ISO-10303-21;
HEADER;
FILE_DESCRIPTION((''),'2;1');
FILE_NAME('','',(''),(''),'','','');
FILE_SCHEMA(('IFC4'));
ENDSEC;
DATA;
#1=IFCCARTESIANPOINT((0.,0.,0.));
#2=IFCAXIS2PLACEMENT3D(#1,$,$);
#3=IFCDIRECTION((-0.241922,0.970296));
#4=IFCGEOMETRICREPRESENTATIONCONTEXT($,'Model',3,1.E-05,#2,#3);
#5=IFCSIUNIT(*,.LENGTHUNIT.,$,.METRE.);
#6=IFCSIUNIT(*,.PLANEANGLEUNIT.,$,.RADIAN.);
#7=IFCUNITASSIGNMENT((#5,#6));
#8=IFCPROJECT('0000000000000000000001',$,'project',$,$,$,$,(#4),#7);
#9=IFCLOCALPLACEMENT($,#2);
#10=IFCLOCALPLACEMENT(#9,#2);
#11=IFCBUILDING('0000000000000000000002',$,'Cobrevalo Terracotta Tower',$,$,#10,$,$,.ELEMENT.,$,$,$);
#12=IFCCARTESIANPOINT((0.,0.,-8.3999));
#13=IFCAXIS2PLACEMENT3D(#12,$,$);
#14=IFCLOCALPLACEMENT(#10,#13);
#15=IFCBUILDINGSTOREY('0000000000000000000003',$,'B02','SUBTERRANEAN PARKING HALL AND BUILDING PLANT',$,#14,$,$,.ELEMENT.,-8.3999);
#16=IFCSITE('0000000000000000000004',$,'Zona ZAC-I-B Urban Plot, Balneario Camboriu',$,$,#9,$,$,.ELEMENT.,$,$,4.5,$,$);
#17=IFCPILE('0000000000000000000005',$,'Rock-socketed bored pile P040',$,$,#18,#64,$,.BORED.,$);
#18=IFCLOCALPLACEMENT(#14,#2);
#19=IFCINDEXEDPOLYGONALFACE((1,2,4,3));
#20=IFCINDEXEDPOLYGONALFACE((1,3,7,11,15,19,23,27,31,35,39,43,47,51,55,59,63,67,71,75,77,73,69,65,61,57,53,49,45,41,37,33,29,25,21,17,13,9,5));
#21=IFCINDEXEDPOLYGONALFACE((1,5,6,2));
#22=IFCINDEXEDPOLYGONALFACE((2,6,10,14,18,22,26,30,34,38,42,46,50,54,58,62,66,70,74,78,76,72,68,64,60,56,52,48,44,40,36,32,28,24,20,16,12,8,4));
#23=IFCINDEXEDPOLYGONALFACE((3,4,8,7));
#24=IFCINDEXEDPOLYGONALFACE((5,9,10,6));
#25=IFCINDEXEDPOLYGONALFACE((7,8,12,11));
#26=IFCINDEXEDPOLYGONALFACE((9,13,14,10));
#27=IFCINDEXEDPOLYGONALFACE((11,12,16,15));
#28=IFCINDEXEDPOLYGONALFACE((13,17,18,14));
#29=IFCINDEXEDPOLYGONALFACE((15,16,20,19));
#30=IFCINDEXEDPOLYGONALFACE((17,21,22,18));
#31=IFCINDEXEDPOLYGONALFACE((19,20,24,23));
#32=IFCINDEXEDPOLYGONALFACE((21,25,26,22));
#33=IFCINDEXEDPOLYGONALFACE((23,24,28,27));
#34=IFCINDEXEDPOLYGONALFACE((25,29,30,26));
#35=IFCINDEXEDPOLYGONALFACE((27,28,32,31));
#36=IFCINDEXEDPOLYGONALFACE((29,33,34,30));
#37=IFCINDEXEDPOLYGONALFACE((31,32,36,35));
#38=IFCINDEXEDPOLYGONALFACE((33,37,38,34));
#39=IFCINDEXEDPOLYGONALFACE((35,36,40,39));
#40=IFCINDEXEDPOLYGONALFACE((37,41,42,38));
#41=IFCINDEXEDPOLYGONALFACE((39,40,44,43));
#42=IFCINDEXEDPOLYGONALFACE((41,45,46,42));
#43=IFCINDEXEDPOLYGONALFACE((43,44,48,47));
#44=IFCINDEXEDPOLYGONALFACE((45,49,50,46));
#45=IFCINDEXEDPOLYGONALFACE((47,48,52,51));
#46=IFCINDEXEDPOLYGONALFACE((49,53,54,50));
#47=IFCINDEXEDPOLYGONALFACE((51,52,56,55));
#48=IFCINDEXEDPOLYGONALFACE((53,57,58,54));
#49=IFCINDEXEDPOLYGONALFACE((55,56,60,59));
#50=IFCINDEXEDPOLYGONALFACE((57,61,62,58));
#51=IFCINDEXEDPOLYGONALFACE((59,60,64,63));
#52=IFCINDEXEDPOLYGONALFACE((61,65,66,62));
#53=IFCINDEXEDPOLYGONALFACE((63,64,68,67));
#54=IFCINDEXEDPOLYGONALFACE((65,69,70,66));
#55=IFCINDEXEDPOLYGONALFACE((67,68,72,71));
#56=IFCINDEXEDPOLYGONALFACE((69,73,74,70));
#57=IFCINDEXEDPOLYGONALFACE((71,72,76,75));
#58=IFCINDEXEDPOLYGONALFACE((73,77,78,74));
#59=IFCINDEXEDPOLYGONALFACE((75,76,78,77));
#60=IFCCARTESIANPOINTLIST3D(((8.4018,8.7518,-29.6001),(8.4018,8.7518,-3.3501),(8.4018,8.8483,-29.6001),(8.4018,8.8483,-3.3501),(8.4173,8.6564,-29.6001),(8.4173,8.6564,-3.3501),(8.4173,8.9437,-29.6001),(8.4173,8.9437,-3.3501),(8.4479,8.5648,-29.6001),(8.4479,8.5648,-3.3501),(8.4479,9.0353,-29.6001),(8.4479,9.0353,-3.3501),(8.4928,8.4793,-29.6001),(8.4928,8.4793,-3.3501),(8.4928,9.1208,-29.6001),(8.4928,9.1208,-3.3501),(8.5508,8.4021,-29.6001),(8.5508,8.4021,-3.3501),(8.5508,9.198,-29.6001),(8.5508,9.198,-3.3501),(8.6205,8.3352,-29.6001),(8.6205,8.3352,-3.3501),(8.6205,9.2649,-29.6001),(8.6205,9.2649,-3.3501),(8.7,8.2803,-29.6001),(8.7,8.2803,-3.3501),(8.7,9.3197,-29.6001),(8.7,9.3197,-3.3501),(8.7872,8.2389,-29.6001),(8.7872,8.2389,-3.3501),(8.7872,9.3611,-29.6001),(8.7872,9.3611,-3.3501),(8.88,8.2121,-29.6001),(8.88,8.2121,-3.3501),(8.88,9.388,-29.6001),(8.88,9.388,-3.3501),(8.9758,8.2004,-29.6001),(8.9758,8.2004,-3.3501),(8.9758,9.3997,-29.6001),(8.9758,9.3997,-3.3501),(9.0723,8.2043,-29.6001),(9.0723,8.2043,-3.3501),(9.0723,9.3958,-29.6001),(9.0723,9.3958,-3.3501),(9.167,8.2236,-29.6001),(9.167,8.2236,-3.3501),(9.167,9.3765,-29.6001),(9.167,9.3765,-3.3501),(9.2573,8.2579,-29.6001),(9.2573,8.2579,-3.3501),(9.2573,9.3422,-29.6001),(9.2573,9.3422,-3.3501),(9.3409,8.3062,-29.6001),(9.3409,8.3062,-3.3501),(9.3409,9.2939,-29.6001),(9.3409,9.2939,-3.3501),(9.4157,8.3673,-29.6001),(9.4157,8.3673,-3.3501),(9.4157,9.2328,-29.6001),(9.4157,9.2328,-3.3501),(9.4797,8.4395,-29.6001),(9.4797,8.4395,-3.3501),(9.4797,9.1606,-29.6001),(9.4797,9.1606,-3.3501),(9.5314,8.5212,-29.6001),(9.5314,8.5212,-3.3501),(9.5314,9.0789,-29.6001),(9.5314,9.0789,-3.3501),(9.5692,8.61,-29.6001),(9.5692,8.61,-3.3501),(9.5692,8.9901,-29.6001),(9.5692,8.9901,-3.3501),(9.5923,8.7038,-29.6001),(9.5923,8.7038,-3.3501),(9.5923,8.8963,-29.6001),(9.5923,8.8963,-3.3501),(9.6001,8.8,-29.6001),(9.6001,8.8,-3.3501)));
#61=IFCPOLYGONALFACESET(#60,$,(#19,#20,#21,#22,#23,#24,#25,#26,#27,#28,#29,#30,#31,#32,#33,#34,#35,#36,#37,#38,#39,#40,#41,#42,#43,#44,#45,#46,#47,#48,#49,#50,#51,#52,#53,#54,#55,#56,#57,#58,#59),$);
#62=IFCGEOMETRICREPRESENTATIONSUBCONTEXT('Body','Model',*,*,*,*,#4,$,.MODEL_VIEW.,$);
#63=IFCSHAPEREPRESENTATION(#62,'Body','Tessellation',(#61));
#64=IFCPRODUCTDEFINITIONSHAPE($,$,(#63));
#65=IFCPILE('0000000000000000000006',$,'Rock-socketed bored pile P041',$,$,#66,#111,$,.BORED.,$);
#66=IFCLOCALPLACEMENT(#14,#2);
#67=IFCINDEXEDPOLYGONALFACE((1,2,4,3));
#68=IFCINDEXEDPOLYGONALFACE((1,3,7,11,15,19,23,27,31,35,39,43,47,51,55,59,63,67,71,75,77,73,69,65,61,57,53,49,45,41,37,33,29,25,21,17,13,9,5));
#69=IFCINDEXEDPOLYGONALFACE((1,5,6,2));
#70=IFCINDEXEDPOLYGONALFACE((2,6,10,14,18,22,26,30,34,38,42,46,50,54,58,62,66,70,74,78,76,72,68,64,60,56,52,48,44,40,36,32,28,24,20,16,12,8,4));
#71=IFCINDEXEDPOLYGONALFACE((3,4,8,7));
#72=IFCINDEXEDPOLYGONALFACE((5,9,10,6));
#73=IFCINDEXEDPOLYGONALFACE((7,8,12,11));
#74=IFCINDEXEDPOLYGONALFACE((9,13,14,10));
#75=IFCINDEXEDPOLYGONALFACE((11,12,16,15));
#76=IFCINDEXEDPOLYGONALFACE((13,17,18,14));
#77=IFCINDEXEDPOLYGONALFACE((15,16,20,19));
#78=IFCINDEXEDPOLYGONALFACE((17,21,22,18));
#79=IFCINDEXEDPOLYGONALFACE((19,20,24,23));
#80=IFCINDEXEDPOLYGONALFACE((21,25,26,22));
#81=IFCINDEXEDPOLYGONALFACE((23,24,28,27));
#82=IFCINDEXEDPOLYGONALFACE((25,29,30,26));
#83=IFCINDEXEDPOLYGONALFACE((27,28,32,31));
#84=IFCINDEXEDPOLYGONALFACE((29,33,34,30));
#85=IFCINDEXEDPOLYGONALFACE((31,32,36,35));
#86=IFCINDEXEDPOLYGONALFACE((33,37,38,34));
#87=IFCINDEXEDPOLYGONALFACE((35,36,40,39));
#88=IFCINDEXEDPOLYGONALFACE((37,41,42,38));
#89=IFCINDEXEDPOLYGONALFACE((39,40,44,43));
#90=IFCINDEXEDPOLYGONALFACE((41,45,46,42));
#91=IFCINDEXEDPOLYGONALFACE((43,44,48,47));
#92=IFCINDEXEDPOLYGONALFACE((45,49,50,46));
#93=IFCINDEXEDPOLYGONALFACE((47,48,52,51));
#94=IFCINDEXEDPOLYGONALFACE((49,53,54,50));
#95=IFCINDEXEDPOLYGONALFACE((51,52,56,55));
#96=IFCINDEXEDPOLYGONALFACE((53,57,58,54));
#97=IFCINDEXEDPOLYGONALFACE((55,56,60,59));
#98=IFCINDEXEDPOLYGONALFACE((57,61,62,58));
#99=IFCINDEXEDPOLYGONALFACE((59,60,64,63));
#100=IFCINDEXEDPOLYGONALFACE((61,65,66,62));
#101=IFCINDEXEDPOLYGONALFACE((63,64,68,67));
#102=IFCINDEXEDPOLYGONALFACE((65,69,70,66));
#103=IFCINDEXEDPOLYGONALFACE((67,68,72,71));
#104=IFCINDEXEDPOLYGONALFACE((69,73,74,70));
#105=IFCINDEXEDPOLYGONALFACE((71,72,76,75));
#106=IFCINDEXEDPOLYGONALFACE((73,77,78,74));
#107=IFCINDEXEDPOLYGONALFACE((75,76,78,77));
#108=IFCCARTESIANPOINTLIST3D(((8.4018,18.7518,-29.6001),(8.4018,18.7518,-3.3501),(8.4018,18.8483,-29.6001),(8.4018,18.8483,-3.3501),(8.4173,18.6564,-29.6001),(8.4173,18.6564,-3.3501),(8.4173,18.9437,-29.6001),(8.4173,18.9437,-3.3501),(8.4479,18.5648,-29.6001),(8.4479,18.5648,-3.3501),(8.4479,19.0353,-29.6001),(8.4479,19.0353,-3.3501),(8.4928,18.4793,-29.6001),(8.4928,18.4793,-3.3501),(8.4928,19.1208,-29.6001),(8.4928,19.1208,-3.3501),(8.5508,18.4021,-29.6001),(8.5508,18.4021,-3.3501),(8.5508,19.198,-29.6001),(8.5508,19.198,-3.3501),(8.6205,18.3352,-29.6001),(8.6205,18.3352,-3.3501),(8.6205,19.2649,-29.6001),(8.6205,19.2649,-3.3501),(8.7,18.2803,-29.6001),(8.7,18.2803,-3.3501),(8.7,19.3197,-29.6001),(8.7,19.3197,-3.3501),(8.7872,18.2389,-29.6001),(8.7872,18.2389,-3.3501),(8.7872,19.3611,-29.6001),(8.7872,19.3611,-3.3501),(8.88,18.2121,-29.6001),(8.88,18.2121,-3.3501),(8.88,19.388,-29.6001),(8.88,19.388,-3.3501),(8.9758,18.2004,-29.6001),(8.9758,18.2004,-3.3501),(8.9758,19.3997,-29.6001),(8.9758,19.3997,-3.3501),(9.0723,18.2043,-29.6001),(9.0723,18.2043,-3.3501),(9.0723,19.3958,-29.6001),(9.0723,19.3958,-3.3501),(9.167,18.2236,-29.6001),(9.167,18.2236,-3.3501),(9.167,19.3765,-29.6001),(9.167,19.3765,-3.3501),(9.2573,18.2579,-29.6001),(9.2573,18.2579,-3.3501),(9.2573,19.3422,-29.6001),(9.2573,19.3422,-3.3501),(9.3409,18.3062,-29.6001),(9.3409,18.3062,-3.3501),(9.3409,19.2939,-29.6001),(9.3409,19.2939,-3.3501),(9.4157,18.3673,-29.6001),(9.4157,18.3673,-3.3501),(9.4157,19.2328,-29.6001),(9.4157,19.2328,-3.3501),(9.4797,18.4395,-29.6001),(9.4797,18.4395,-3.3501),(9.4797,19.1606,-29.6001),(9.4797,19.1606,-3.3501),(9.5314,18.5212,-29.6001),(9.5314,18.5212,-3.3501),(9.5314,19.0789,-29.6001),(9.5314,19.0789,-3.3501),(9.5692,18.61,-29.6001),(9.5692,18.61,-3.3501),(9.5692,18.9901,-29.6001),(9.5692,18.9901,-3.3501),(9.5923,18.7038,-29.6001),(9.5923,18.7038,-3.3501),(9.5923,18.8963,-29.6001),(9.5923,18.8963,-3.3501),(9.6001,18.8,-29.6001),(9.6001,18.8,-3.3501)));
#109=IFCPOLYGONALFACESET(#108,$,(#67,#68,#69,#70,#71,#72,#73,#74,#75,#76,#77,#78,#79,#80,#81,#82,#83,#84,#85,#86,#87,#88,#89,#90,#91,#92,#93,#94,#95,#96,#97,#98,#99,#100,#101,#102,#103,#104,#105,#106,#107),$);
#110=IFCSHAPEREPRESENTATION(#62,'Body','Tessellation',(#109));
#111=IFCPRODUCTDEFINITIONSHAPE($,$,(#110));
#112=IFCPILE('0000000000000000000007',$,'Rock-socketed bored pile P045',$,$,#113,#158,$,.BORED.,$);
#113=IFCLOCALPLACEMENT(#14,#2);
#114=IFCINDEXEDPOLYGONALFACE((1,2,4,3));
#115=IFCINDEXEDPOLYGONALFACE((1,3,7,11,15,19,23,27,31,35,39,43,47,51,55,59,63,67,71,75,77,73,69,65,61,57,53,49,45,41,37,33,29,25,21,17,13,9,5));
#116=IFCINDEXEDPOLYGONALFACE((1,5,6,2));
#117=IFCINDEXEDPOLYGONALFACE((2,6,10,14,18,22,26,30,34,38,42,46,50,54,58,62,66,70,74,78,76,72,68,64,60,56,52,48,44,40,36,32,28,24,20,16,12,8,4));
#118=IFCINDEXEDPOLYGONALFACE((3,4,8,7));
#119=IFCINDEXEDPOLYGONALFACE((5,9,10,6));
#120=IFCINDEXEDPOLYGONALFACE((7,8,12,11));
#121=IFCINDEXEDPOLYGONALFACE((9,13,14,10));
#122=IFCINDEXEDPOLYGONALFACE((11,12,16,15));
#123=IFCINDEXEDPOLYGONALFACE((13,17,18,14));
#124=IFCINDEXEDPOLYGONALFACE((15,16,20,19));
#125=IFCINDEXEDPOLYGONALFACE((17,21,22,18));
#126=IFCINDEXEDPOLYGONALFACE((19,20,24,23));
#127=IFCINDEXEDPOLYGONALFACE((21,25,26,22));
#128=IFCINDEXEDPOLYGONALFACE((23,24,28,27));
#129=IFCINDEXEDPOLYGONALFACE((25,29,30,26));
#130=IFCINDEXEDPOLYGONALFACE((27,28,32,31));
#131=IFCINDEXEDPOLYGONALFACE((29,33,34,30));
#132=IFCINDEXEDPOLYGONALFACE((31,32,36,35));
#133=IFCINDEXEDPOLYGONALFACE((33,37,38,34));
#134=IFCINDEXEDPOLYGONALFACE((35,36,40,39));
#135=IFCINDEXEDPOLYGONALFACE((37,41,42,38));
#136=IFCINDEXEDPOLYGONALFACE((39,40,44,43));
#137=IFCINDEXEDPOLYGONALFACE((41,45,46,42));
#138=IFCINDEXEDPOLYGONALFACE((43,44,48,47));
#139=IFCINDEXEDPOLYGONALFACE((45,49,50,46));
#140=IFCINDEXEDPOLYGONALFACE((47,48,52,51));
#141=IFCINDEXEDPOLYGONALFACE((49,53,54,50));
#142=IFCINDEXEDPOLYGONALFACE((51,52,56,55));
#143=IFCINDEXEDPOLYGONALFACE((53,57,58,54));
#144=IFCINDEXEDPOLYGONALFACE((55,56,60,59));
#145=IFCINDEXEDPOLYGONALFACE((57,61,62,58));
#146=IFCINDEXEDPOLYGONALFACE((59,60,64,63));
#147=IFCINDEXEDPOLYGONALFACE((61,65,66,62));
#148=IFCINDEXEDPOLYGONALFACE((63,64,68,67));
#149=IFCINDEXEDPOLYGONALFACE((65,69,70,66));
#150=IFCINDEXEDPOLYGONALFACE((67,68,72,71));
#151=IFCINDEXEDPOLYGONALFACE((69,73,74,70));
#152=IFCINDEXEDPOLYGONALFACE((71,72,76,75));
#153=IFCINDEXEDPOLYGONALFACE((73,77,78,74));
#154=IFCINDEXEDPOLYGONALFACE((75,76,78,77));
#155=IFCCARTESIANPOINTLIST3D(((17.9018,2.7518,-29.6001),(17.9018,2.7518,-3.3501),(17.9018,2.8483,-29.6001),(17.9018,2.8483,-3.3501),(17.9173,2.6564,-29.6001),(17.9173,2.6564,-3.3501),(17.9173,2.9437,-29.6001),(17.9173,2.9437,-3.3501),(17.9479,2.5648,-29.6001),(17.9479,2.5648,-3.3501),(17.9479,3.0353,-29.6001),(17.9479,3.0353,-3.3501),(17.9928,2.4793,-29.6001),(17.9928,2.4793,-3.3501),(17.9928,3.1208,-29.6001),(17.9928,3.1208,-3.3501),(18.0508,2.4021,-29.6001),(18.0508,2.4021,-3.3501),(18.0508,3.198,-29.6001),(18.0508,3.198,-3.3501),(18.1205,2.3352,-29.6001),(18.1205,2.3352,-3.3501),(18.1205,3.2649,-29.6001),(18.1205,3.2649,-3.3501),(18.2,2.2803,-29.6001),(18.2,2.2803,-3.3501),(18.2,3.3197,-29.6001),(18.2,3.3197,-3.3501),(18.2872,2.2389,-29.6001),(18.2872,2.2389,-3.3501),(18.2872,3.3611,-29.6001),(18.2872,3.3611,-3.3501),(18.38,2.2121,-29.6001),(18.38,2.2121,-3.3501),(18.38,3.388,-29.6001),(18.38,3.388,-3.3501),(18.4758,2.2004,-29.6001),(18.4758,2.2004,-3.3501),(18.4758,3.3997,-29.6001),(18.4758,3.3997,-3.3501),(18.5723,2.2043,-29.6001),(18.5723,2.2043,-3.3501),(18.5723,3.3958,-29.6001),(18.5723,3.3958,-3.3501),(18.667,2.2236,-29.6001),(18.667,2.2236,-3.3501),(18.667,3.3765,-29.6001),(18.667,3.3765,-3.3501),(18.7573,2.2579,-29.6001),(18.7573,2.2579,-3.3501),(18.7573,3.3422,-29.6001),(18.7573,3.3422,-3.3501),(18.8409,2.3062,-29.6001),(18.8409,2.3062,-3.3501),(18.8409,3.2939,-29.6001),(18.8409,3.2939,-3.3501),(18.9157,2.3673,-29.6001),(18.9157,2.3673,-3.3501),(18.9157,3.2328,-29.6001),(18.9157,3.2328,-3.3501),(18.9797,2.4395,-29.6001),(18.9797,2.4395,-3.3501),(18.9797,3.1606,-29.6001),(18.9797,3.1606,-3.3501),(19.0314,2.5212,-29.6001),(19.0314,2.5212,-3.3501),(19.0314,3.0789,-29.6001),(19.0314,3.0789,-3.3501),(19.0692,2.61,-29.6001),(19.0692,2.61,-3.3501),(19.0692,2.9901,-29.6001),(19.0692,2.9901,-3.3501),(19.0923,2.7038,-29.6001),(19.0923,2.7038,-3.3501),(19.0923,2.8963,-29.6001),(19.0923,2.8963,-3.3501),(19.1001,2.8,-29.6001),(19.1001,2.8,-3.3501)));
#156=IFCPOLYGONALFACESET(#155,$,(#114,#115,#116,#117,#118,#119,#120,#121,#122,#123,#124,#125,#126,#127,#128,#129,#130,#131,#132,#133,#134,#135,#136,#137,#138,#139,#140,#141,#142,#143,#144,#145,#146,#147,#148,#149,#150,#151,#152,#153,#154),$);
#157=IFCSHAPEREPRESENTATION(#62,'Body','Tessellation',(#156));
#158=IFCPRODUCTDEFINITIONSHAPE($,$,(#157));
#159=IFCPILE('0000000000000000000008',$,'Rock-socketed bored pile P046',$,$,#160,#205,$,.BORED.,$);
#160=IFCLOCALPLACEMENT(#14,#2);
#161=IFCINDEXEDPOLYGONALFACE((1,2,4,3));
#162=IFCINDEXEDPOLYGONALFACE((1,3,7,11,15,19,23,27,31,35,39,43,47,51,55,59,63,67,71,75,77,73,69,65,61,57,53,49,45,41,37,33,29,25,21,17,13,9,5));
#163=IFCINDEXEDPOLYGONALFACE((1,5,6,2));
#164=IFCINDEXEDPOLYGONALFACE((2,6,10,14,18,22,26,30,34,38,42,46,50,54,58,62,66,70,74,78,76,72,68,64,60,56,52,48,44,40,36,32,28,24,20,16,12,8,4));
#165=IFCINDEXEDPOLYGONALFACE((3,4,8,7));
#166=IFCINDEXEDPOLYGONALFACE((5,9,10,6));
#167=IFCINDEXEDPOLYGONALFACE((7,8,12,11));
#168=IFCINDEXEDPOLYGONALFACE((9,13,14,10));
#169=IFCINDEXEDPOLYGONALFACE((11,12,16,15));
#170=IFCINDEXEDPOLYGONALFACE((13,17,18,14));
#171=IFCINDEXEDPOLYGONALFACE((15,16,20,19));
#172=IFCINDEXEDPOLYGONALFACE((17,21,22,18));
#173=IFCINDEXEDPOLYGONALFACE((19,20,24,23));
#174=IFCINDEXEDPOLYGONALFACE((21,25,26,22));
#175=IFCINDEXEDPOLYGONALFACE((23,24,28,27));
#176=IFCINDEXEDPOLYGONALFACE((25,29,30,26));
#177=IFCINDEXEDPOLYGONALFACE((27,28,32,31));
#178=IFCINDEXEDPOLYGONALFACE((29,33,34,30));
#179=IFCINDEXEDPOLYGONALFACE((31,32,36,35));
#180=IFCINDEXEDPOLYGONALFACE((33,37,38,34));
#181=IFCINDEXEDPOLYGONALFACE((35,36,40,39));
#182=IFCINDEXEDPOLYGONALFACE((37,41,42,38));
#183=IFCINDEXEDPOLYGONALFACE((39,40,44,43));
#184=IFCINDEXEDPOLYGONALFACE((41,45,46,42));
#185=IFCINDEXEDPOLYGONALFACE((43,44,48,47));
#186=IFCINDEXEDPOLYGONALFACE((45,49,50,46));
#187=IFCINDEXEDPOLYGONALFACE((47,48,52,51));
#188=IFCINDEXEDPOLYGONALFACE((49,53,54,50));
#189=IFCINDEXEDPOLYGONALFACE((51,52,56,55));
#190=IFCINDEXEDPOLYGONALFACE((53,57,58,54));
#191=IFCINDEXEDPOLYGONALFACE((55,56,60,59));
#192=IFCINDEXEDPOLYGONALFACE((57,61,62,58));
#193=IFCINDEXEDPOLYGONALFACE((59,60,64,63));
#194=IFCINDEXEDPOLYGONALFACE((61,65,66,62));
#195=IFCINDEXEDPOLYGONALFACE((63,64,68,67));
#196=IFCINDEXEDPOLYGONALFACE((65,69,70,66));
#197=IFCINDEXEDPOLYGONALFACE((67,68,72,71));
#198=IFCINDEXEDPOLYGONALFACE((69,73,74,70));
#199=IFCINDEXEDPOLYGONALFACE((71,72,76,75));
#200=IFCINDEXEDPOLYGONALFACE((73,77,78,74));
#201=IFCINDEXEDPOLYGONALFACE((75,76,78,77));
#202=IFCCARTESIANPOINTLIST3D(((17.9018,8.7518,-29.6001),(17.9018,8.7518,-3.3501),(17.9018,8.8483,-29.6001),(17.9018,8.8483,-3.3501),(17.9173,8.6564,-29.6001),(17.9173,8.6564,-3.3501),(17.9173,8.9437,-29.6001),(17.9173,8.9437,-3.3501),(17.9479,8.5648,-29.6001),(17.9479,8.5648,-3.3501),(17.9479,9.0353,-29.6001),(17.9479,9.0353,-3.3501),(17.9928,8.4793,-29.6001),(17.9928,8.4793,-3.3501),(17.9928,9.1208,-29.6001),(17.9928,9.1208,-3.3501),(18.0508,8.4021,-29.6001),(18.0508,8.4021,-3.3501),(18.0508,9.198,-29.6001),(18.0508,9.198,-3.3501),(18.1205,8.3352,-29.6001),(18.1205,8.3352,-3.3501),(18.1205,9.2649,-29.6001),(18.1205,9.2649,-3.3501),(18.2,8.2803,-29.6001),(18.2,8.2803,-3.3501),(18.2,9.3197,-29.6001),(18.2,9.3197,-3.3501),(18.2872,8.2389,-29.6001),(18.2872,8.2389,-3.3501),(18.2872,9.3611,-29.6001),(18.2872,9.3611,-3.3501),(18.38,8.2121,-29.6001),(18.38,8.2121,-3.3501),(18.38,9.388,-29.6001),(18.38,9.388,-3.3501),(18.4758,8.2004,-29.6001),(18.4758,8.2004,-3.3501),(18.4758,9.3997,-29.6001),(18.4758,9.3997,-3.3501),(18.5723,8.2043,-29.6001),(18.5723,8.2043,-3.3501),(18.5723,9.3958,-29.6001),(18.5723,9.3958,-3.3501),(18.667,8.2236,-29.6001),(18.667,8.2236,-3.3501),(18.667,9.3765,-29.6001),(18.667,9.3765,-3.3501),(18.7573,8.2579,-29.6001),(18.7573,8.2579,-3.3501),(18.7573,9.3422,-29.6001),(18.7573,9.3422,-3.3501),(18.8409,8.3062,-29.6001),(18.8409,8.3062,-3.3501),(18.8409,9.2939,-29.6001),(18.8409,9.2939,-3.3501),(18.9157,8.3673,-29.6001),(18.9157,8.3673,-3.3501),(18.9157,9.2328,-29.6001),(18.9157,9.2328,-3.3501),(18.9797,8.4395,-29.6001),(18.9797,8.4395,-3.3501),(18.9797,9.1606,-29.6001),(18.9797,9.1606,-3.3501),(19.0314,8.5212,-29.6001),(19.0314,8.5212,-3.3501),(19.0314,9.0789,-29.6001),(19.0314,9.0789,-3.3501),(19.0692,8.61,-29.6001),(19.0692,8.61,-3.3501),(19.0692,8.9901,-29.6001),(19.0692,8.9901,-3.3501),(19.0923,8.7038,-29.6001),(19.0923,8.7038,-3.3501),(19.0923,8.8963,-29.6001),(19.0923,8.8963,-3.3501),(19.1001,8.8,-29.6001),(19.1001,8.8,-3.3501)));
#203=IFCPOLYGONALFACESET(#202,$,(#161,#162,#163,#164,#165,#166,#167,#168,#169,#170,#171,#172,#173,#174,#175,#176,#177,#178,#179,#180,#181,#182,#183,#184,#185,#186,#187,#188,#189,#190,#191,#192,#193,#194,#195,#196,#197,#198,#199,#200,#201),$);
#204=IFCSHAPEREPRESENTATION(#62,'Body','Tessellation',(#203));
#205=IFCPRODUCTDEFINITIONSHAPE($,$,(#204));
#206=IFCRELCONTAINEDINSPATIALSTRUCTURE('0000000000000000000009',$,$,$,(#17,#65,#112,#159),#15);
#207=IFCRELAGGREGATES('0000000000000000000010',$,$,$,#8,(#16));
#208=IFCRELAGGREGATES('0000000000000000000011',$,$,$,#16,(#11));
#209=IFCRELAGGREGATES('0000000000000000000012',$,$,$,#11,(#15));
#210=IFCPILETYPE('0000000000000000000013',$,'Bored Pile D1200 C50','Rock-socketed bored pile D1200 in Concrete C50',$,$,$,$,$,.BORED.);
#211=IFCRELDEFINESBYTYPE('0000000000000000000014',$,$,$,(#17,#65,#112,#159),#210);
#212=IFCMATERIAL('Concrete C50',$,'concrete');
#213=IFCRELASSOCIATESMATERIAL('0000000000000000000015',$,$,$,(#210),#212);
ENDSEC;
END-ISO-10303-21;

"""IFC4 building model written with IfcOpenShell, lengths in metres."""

from ifc_helpers import new_model, si_unit, direction, frame, origin, origin_2d, place, context, subcontext, project, spatial, circle, extrude, material, material_profile, profile_set, type_object, element, save


model = new_model("IFC4")

# Units and contexts
model_context = context("Model", 3, precision=1e-05, world=origin(), true_north=direction((-0.241922, 0.970296)))
body_context = subcontext(model_context, "Body", "Model", "MODEL_VIEW")
ifc_project = project(units=[si_unit("LENGTHUNIT", "METRE"), si_unit("PLANEANGLEUNIT", "RADIAN")], contexts=[model_context])

# Site, building, storey
site_placement = place(None, origin())
site = spatial("IfcSite", under=ifc_project, at=site_placement, Name="Zona ZAC-I-B Urban Plot, Balneario Camboriu", CompositionType="ELEMENT", RefElevation=4.5)
building_placement = place(site_placement, origin())
building = spatial("IfcBuilding", under=site, at=building_placement, Name="Cobrevalo Terracotta Tower", CompositionType="ELEMENT")
storey_placement = place(building_placement, frame((0.0, 0.0, -8.3999)))
storey = spatial("IfcBuildingStorey", under=building, at=storey_placement, Name="B02", Description="SUBTERRANEAN PARKING HALL AND BUILDING PLANT", CompositionType="ELEMENT", Elevation=-8.3999)

# Piles
ifc_material_1 = material(Name="Concrete C50", Category="concrete")
ifc_material_profile_1 = material_profile(ifc_material_1, circle(Radius=0.6001, at=origin_2d()), Name="PILE D1200")
ifc_profile_set_1 = profile_set([ifc_material_profile_1], Name="Concrete C50")
pile_type_1 = type_object("IfcPileType", Name="Bored Pile D1200 C50", Description="Rock-socketed bored pile D1200 in Concrete C50", PredefinedType="BORED", material=ifc_profile_set_1)
for number, where, z_axis, x_axis, name in (
    (1, (9.0, 8.8, -3.3501), (0.0, 0.0, -1.0), (1.0, 0.0, 0.0), "Rock-socketed bored pile P040"),
    (2, (9.0, 18.8, -3.3501), (0.0, 0.0, -1.0), (1.0, 0.0, 0.0), "Rock-socketed bored pile P041"),
    (3, (18.5, 2.8, -3.3501), (0.0, 0.0, -1.0), (1.0, 0.0, 0.0), "Rock-socketed bored pile P045"),
    (4, (18.5, 8.8, -3.3501), (0.0, 0.0, -1.0), (1.0, 0.0, 0.0), "Rock-socketed bored pile P046"),
):
    element("IfcPile", number, at=place(storey_placement, frame(where, z_axis=z_axis, x_axis=x_axis)), inside=storey, type_object=pile_type_1, Name=name, PredefinedType="BORED", context=body_context, shape_type="SweptSolid", body=[
        extrude(circle(Radius=0.6001, at=origin_2d()), origin(), (0.0, 0.0, 1.0), 26.25),
    ])

save(model, "model.ifc")
